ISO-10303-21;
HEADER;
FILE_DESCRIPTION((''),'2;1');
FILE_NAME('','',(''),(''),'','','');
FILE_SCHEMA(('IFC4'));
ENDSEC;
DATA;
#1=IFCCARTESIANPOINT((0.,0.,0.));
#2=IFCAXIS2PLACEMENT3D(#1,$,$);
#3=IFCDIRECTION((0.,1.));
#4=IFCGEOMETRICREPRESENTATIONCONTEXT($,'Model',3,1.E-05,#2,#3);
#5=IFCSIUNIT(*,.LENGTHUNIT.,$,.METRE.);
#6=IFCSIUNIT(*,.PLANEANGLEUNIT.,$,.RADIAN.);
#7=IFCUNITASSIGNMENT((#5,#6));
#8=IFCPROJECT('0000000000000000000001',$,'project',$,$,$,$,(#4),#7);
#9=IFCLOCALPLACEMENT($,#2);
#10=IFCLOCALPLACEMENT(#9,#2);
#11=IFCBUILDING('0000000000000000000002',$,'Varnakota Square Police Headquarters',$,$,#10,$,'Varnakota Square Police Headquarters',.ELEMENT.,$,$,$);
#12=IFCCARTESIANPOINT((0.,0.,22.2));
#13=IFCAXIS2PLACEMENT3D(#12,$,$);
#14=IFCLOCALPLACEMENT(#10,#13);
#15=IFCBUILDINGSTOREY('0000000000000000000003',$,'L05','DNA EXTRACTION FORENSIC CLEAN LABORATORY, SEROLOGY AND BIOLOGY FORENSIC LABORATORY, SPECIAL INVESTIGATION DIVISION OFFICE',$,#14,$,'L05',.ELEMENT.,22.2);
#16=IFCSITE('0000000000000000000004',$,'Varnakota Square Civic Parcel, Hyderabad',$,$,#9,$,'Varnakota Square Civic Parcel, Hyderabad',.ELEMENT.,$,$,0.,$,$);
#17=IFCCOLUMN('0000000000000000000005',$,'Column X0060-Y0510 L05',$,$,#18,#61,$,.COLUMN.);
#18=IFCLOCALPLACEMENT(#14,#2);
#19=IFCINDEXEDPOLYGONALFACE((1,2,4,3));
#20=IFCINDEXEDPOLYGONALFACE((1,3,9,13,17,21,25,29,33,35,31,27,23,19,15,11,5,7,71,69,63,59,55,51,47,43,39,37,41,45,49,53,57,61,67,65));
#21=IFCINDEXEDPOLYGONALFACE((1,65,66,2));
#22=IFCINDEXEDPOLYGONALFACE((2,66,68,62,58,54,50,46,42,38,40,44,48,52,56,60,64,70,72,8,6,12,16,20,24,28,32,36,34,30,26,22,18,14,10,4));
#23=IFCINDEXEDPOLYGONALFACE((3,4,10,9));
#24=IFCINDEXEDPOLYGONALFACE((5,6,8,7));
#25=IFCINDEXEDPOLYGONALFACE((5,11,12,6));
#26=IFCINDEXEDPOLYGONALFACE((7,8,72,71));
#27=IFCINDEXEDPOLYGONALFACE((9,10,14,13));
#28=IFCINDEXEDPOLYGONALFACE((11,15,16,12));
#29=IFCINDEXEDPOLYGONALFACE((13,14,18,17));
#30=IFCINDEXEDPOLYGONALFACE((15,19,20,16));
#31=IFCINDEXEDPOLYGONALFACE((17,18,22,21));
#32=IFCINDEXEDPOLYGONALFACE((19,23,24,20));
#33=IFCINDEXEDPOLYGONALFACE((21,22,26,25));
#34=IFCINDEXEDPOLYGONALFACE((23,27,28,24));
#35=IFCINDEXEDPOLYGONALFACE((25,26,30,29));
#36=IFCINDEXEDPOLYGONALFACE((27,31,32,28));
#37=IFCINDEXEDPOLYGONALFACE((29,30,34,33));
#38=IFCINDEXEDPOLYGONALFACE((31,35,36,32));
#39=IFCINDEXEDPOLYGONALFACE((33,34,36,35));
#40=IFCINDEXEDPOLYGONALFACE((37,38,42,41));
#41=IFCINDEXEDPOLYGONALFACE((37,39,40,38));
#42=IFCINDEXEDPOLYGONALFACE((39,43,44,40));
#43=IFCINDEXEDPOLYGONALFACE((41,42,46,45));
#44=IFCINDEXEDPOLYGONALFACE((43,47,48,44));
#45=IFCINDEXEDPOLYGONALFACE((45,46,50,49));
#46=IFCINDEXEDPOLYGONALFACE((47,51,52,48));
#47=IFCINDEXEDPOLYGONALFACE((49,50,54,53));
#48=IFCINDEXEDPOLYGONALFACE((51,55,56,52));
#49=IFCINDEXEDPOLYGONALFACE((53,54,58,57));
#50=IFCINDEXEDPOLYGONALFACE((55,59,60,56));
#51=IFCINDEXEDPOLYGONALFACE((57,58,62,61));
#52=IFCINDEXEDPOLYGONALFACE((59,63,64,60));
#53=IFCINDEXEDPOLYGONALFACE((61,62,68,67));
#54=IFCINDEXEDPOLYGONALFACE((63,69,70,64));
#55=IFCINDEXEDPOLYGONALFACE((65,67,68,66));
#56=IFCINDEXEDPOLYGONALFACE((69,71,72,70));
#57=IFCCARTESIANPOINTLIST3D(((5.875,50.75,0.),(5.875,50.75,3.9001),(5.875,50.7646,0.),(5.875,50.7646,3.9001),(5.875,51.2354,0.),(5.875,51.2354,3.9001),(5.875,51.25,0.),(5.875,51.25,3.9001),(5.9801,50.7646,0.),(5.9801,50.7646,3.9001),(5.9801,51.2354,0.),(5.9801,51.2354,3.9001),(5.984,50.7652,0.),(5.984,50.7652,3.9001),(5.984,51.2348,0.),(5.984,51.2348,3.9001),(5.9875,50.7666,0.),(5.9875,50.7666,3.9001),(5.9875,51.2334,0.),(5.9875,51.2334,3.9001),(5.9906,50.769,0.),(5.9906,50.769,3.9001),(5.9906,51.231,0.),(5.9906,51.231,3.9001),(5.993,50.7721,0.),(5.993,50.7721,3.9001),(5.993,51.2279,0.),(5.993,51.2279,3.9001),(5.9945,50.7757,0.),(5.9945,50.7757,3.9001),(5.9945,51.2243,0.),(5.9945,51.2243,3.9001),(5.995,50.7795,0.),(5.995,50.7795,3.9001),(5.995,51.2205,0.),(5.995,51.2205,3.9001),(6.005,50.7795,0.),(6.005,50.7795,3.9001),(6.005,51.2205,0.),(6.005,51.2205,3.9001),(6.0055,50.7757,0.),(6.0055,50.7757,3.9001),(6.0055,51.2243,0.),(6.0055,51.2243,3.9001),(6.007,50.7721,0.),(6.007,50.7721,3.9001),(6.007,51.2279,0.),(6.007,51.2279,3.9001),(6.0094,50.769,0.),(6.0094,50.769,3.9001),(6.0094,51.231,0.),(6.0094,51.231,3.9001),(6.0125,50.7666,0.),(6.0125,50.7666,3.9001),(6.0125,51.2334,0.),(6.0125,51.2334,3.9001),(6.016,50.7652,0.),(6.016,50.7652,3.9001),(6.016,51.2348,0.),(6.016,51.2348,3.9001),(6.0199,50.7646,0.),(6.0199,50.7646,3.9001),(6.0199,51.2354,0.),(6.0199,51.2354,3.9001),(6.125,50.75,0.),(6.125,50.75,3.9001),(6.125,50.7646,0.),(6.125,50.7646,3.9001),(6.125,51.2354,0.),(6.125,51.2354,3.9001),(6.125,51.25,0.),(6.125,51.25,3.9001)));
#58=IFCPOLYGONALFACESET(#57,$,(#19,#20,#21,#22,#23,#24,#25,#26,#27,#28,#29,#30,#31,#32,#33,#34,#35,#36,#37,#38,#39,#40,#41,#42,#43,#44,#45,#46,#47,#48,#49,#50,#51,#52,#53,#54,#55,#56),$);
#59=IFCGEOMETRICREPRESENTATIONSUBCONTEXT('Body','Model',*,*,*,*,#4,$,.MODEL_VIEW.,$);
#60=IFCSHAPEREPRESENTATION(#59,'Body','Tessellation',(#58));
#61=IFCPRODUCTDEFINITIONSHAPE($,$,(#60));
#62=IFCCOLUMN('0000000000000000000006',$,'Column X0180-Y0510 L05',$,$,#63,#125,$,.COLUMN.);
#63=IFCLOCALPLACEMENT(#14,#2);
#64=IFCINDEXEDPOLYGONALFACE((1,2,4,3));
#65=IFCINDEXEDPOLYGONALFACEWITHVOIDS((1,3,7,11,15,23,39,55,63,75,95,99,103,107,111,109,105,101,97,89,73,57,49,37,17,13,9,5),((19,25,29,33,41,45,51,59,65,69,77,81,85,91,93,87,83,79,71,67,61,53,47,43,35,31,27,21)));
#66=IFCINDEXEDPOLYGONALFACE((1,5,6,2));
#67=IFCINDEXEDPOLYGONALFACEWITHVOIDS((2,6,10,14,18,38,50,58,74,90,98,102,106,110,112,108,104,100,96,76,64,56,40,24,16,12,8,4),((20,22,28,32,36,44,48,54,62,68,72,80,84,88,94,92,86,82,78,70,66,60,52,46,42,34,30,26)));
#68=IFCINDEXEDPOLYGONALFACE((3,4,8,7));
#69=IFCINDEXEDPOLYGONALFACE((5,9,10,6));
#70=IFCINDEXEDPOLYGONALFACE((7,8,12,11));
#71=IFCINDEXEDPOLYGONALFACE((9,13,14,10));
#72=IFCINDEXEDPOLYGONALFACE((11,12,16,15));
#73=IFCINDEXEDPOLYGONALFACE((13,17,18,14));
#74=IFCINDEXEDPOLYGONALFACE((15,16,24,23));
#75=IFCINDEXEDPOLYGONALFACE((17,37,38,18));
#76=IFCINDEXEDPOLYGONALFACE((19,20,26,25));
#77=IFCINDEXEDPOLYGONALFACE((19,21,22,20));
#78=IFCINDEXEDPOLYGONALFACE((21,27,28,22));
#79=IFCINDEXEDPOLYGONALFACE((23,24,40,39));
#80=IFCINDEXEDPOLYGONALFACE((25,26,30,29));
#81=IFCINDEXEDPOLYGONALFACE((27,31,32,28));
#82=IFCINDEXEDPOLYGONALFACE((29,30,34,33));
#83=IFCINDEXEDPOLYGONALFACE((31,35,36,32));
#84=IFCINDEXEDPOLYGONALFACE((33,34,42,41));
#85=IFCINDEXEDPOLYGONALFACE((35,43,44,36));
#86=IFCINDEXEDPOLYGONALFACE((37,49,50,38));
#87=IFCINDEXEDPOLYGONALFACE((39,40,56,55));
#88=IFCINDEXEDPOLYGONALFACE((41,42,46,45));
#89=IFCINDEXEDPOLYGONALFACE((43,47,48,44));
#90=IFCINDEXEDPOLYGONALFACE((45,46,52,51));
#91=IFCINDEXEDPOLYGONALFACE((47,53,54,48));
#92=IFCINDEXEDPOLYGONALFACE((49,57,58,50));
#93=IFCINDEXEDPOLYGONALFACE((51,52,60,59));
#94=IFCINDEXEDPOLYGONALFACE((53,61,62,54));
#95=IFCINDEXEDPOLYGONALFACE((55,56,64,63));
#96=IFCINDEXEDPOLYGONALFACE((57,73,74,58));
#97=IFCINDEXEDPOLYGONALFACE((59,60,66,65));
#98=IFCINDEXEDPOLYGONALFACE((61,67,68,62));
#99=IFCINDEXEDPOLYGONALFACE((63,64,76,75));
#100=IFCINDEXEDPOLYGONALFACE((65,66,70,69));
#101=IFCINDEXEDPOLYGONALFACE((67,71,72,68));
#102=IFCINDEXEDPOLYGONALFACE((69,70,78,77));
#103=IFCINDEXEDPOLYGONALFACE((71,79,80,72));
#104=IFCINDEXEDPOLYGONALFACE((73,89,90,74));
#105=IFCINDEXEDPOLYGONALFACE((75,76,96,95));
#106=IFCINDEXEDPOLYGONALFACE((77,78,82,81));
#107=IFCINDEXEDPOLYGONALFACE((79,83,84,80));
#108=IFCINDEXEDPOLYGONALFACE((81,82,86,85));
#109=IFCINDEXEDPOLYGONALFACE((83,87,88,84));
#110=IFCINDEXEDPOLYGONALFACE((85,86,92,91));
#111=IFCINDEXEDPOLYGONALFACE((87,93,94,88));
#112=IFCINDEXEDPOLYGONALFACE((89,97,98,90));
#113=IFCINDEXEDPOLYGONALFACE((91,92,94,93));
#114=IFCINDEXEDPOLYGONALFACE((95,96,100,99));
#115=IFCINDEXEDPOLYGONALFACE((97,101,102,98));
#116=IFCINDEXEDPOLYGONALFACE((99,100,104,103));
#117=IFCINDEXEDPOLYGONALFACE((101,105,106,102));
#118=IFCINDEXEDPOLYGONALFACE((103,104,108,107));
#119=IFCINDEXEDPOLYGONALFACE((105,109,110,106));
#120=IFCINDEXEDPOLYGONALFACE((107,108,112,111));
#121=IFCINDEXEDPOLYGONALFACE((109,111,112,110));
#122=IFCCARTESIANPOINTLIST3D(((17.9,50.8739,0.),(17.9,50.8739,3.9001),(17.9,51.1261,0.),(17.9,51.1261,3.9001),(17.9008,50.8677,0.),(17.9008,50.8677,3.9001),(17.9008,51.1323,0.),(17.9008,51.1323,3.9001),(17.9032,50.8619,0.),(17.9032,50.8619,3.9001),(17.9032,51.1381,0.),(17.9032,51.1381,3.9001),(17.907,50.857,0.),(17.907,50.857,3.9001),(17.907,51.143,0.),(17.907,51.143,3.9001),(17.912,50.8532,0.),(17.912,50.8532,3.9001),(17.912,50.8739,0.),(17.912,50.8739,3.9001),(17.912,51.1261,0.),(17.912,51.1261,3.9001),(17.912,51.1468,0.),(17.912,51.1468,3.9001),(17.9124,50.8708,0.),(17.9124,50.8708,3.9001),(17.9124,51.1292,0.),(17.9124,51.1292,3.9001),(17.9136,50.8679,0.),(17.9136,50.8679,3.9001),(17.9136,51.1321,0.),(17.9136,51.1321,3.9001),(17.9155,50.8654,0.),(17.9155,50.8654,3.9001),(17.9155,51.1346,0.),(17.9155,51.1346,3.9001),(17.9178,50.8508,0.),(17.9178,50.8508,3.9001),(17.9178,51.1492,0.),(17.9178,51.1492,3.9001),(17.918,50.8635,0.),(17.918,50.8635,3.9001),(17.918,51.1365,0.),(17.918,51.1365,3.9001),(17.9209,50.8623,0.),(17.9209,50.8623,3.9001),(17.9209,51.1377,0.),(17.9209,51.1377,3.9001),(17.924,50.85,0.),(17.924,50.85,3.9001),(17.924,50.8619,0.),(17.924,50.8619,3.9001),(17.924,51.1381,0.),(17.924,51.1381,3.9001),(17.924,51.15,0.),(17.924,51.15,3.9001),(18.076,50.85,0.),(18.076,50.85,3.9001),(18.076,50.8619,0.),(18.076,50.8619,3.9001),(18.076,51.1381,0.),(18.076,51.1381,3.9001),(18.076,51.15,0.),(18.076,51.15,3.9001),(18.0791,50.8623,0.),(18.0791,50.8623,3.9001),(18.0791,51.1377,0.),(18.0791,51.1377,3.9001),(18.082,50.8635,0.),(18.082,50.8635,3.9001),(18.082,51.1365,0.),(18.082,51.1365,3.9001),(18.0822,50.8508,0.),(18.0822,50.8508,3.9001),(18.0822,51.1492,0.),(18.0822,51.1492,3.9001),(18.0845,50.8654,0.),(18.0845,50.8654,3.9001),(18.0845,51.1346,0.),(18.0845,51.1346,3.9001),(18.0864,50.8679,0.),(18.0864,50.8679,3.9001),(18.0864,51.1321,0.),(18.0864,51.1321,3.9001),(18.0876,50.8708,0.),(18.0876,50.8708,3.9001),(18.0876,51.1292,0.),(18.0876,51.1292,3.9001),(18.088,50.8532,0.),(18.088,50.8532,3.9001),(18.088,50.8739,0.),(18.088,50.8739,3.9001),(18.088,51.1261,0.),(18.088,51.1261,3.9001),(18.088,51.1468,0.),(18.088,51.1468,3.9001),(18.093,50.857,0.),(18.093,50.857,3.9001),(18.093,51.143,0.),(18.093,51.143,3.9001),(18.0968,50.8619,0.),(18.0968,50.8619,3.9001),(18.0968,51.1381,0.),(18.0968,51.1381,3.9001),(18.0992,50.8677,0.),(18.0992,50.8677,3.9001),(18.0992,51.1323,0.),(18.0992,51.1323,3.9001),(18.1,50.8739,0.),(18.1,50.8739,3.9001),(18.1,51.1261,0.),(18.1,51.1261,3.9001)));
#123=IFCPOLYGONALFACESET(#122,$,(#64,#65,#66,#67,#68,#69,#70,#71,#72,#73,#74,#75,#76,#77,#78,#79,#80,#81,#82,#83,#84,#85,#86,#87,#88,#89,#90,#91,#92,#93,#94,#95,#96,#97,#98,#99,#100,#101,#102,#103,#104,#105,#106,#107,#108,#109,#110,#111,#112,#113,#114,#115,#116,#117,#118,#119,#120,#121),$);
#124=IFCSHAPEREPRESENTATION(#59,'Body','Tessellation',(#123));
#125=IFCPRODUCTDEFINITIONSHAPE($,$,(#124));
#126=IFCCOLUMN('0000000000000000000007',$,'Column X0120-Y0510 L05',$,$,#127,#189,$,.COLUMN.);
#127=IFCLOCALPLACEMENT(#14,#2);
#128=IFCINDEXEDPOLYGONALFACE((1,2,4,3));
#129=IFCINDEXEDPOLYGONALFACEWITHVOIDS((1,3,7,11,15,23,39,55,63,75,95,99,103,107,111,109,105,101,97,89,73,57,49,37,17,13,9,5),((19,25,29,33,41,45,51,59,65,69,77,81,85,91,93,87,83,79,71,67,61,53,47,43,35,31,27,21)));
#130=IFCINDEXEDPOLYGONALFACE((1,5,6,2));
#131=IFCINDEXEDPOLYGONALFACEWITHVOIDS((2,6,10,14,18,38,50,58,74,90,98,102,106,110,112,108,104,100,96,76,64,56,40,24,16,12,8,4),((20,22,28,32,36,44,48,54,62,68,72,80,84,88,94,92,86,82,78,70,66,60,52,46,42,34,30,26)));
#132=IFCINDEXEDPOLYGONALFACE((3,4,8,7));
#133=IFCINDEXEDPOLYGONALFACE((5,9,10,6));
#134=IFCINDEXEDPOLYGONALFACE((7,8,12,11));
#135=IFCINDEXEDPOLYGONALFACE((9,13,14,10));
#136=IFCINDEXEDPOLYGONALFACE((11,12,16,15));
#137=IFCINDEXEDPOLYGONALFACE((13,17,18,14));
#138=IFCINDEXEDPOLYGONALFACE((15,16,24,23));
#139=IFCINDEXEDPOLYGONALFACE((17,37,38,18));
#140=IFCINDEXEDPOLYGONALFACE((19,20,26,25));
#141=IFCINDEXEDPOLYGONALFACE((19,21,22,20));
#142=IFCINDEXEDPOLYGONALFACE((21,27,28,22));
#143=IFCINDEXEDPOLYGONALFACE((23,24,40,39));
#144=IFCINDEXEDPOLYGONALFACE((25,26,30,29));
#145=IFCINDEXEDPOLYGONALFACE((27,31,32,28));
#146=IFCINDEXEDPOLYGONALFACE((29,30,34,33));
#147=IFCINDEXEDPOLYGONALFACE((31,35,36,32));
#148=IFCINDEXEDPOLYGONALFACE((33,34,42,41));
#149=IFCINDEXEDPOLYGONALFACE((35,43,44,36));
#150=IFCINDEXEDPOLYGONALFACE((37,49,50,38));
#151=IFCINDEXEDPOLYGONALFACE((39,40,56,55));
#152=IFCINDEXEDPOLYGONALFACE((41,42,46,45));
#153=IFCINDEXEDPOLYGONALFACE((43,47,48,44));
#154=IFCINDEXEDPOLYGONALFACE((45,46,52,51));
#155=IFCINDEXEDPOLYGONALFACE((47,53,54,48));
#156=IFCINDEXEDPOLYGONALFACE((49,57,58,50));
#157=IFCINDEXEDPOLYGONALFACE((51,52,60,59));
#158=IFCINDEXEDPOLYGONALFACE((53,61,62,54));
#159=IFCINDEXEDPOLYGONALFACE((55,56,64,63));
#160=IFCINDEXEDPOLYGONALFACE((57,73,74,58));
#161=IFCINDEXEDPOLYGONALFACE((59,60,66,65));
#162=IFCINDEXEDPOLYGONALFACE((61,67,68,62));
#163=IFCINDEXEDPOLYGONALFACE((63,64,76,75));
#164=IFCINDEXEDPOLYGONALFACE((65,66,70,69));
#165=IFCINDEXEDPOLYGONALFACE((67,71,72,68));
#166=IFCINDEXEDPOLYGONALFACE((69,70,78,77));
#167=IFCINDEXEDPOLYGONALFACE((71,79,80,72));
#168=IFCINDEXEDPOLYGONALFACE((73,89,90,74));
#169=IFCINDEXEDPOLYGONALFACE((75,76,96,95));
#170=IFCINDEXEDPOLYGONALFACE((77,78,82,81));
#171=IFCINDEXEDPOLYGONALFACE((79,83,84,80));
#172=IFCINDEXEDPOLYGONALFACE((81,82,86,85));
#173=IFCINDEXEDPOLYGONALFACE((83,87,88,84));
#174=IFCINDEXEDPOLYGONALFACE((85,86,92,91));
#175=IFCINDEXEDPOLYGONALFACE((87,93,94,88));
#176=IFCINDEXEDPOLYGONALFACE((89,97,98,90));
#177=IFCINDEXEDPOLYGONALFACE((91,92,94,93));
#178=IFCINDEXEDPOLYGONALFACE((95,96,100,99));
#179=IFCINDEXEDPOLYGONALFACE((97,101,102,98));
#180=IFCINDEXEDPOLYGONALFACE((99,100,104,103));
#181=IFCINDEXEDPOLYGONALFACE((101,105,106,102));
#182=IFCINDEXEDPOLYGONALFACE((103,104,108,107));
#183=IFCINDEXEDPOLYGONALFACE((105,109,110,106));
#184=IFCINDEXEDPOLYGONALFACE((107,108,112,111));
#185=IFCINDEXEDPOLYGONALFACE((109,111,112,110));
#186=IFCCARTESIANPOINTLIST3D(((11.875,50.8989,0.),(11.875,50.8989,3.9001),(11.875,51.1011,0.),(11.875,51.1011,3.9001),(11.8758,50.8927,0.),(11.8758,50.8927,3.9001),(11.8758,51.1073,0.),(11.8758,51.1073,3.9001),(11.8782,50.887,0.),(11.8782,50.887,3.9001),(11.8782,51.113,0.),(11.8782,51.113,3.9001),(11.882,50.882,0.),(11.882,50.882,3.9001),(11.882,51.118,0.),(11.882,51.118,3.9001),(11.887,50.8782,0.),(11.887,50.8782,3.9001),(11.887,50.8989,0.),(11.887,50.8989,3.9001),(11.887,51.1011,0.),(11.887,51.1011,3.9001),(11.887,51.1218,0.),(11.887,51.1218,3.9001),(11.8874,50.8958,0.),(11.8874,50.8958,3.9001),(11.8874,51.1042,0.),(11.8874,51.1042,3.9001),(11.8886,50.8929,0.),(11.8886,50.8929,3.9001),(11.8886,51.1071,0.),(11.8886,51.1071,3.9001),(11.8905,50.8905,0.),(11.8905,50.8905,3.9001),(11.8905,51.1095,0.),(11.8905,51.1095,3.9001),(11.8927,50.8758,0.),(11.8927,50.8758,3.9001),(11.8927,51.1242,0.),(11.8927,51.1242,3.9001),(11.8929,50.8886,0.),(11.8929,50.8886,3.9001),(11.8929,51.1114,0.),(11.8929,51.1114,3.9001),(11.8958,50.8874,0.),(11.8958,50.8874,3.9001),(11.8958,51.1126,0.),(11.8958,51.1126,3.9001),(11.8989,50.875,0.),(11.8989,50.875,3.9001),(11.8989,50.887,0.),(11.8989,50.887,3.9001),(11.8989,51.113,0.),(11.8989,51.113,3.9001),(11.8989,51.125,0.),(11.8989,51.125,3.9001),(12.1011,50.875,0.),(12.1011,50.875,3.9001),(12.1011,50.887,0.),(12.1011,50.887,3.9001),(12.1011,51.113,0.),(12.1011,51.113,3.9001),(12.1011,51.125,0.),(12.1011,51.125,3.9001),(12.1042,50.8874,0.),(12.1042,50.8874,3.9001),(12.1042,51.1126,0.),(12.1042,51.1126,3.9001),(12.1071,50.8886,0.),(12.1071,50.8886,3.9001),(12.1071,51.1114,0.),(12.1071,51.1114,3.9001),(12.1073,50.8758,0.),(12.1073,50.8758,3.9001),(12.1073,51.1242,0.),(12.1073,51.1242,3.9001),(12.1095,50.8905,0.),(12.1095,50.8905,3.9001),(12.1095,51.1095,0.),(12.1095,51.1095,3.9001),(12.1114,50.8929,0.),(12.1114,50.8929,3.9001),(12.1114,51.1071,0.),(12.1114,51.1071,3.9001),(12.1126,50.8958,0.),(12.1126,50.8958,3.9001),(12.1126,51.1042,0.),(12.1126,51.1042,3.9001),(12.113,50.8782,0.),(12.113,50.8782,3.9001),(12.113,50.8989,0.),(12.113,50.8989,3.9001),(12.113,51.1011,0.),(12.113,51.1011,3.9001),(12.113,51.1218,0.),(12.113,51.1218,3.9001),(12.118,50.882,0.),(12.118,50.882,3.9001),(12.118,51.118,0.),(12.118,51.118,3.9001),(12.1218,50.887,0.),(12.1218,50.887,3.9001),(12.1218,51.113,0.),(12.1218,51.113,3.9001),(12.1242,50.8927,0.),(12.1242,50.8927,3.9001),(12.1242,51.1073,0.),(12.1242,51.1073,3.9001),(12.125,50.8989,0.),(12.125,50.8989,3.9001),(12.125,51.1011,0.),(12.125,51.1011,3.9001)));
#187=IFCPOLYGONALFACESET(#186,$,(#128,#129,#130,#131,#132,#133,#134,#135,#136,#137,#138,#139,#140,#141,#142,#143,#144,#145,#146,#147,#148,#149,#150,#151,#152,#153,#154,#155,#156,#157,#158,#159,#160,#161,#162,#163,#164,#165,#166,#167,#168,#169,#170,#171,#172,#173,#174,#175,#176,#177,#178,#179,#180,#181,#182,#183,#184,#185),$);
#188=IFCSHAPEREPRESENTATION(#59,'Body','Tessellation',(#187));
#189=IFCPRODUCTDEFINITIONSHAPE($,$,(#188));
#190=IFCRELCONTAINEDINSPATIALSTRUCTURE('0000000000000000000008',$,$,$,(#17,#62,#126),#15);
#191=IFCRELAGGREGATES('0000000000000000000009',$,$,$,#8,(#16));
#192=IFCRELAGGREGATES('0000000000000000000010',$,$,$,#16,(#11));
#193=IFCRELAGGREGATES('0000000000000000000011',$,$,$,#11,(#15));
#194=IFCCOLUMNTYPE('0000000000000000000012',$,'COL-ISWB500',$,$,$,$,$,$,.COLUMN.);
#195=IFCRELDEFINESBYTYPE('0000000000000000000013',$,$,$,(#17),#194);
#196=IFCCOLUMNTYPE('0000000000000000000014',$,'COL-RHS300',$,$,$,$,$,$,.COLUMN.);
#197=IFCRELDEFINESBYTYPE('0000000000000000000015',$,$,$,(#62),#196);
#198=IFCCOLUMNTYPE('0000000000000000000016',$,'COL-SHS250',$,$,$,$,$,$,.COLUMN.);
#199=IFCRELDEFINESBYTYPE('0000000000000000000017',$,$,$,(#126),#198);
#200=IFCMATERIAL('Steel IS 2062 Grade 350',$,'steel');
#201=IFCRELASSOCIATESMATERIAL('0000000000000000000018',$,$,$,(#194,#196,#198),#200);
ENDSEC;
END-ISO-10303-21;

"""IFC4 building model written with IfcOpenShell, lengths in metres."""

from ifc_helpers import new_model, si_unit, direction, frame, origin, origin_2d, place, context, subcontext, project, spatial, hollow_rectangle, i_section, extrude, material, material_profile, profile_set, type_object, element, save


model = new_model("IFC4")

# Units and contexts
model_context = context("Model", 3, precision=1e-05, world=origin(), true_north=direction((0.0, 1.0)))
body_context = subcontext(model_context, "Body", "Model", "MODEL_VIEW")
ifc_project = project(units=[si_unit("LENGTHUNIT", "METRE"), si_unit("PLANEANGLEUNIT", "RADIAN")], contexts=[model_context])

# Site, building, storey
site_placement = place(None, origin())
site = spatial("IfcSite", under=ifc_project, at=site_placement, Name="Varnakota Square Civic Parcel, Hyderabad", LongName="Varnakota Square Civic Parcel, Hyderabad", CompositionType="ELEMENT", RefElevation=0.0)
building_placement = place(site_placement, origin())
building = spatial("IfcBuilding", under=site, at=building_placement, Name="Varnakota Square Police Headquarters", LongName="Varnakota Square Police Headquarters", CompositionType="ELEMENT")
storey_placement = place(building_placement, frame((0.0, 0.0, 22.2)))
storey = spatial("IfcBuildingStorey", under=building, at=storey_placement, Name="L05", Description="DNA EXTRACTION FORENSIC CLEAN LABORATORY, SEROLOGY AND BIOLOGY FORENSIC LABORATORY, SPECIAL INVESTIGATION DIVISION OFFICE", LongName="L05", CompositionType="ELEMENT", Elevation=22.2)

# Columns
ifc_material_1 = material(Name="Steel IS 2062 Grade 350", Category="steel")
ifc_material_profile_1 = material_profile(ifc_material_1, i_section(OverallWidth=0.25, OverallDepth=0.5, WebThickness=0.01, FlangeThickness=0.0146, FilletRadius=0.0149, at=origin_2d()), Name="ISWB 500")
ifc_profile_set_1 = profile_set([ifc_material_profile_1], Name="Steel IS 2062 Grade 350")
column_type_1 = type_object("IfcColumnType", Name="COL-ISWB500", PredefinedType="COLUMN", material=ifc_profile_set_1)
column_1_placement = place(storey_placement, frame((6.0, 51.0, 0.0), z_axis=(0.0, 0.0, 1.0), x_axis=(1.0, 0.0, 0.0)))
element("IfcColumn", 1, at=column_1_placement, inside=storey, type_object=column_type_1, Name="Column X0060-Y0510 L05", PredefinedType="COLUMN", context=body_context, shape_type="SweptSolid", body=[
    extrude(i_section(OverallWidth=0.25, OverallDepth=0.5, WebThickness=0.01, FlangeThickness=0.0146, FilletRadius=0.0149, at=origin_2d()), origin(), (0.0, 0.0, 1.0), 3.9001),
])
ifc_material_profile_2 = material_profile(ifc_material_1, hollow_rectangle(XDim=0.2, YDim=0.3, WallThickness=0.012, InnerFilletRadius=0.012, OuterFilletRadius=0.0239, at=origin_2d()), Name="RHS 300x200x12")
ifc_profile_set_2 = profile_set([ifc_material_profile_2], Name="Steel IS 2062 Grade 350")
column_type_2 = type_object("IfcColumnType", Name="COL-RHS300", PredefinedType="COLUMN", material=ifc_profile_set_2)
column_2_placement = place(storey_placement, frame((18.0, 51.0, 0.0), z_axis=(0.0, 0.0, 1.0), x_axis=(1.0, 0.0, 0.0)))
element("IfcColumn", 2, at=column_2_placement, inside=storey, type_object=column_type_2, Name="Column X0180-Y0510 L05", PredefinedType="COLUMN", context=body_context, shape_type="SweptSolid", body=[
    extrude(hollow_rectangle(XDim=0.2, YDim=0.3, WallThickness=0.012, InnerFilletRadius=0.012, OuterFilletRadius=0.0239, at=origin_2d()), origin(), (0.0, 0.0, 1.0), 3.9001),
])
ifc_material_profile_3 = material_profile(ifc_material_1, hollow_rectangle(XDim=0.25, YDim=0.25, WallThickness=0.012, InnerFilletRadius=0.012, OuterFilletRadius=0.0239, at=origin_2d()), Name="SHS 250x250x12")
ifc_profile_set_3 = profile_set([ifc_material_profile_3], Name="Steel IS 2062 Grade 350")
column_type_3 = type_object("IfcColumnType", Name="COL-SHS250", PredefinedType="COLUMN", material=ifc_profile_set_3)
column_3_placement = place(storey_placement, frame((12.0, 51.0, 0.0), z_axis=(0.0, 0.0, 1.0), x_axis=(1.0, 0.0, 0.0)))
element("IfcColumn", 3, at=column_3_placement, inside=storey, type_object=column_type_3, Name="Column X0120-Y0510 L05", PredefinedType="COLUMN", context=body_context, shape_type="SweptSolid", body=[
    extrude(hollow_rectangle(XDim=0.25, YDim=0.25, WallThickness=0.012, InnerFilletRadius=0.012, OuterFilletRadius=0.0239, at=origin_2d()), origin(), (0.0, 0.0, 1.0), 3.9001),
])

save(model, "model.ifc")
